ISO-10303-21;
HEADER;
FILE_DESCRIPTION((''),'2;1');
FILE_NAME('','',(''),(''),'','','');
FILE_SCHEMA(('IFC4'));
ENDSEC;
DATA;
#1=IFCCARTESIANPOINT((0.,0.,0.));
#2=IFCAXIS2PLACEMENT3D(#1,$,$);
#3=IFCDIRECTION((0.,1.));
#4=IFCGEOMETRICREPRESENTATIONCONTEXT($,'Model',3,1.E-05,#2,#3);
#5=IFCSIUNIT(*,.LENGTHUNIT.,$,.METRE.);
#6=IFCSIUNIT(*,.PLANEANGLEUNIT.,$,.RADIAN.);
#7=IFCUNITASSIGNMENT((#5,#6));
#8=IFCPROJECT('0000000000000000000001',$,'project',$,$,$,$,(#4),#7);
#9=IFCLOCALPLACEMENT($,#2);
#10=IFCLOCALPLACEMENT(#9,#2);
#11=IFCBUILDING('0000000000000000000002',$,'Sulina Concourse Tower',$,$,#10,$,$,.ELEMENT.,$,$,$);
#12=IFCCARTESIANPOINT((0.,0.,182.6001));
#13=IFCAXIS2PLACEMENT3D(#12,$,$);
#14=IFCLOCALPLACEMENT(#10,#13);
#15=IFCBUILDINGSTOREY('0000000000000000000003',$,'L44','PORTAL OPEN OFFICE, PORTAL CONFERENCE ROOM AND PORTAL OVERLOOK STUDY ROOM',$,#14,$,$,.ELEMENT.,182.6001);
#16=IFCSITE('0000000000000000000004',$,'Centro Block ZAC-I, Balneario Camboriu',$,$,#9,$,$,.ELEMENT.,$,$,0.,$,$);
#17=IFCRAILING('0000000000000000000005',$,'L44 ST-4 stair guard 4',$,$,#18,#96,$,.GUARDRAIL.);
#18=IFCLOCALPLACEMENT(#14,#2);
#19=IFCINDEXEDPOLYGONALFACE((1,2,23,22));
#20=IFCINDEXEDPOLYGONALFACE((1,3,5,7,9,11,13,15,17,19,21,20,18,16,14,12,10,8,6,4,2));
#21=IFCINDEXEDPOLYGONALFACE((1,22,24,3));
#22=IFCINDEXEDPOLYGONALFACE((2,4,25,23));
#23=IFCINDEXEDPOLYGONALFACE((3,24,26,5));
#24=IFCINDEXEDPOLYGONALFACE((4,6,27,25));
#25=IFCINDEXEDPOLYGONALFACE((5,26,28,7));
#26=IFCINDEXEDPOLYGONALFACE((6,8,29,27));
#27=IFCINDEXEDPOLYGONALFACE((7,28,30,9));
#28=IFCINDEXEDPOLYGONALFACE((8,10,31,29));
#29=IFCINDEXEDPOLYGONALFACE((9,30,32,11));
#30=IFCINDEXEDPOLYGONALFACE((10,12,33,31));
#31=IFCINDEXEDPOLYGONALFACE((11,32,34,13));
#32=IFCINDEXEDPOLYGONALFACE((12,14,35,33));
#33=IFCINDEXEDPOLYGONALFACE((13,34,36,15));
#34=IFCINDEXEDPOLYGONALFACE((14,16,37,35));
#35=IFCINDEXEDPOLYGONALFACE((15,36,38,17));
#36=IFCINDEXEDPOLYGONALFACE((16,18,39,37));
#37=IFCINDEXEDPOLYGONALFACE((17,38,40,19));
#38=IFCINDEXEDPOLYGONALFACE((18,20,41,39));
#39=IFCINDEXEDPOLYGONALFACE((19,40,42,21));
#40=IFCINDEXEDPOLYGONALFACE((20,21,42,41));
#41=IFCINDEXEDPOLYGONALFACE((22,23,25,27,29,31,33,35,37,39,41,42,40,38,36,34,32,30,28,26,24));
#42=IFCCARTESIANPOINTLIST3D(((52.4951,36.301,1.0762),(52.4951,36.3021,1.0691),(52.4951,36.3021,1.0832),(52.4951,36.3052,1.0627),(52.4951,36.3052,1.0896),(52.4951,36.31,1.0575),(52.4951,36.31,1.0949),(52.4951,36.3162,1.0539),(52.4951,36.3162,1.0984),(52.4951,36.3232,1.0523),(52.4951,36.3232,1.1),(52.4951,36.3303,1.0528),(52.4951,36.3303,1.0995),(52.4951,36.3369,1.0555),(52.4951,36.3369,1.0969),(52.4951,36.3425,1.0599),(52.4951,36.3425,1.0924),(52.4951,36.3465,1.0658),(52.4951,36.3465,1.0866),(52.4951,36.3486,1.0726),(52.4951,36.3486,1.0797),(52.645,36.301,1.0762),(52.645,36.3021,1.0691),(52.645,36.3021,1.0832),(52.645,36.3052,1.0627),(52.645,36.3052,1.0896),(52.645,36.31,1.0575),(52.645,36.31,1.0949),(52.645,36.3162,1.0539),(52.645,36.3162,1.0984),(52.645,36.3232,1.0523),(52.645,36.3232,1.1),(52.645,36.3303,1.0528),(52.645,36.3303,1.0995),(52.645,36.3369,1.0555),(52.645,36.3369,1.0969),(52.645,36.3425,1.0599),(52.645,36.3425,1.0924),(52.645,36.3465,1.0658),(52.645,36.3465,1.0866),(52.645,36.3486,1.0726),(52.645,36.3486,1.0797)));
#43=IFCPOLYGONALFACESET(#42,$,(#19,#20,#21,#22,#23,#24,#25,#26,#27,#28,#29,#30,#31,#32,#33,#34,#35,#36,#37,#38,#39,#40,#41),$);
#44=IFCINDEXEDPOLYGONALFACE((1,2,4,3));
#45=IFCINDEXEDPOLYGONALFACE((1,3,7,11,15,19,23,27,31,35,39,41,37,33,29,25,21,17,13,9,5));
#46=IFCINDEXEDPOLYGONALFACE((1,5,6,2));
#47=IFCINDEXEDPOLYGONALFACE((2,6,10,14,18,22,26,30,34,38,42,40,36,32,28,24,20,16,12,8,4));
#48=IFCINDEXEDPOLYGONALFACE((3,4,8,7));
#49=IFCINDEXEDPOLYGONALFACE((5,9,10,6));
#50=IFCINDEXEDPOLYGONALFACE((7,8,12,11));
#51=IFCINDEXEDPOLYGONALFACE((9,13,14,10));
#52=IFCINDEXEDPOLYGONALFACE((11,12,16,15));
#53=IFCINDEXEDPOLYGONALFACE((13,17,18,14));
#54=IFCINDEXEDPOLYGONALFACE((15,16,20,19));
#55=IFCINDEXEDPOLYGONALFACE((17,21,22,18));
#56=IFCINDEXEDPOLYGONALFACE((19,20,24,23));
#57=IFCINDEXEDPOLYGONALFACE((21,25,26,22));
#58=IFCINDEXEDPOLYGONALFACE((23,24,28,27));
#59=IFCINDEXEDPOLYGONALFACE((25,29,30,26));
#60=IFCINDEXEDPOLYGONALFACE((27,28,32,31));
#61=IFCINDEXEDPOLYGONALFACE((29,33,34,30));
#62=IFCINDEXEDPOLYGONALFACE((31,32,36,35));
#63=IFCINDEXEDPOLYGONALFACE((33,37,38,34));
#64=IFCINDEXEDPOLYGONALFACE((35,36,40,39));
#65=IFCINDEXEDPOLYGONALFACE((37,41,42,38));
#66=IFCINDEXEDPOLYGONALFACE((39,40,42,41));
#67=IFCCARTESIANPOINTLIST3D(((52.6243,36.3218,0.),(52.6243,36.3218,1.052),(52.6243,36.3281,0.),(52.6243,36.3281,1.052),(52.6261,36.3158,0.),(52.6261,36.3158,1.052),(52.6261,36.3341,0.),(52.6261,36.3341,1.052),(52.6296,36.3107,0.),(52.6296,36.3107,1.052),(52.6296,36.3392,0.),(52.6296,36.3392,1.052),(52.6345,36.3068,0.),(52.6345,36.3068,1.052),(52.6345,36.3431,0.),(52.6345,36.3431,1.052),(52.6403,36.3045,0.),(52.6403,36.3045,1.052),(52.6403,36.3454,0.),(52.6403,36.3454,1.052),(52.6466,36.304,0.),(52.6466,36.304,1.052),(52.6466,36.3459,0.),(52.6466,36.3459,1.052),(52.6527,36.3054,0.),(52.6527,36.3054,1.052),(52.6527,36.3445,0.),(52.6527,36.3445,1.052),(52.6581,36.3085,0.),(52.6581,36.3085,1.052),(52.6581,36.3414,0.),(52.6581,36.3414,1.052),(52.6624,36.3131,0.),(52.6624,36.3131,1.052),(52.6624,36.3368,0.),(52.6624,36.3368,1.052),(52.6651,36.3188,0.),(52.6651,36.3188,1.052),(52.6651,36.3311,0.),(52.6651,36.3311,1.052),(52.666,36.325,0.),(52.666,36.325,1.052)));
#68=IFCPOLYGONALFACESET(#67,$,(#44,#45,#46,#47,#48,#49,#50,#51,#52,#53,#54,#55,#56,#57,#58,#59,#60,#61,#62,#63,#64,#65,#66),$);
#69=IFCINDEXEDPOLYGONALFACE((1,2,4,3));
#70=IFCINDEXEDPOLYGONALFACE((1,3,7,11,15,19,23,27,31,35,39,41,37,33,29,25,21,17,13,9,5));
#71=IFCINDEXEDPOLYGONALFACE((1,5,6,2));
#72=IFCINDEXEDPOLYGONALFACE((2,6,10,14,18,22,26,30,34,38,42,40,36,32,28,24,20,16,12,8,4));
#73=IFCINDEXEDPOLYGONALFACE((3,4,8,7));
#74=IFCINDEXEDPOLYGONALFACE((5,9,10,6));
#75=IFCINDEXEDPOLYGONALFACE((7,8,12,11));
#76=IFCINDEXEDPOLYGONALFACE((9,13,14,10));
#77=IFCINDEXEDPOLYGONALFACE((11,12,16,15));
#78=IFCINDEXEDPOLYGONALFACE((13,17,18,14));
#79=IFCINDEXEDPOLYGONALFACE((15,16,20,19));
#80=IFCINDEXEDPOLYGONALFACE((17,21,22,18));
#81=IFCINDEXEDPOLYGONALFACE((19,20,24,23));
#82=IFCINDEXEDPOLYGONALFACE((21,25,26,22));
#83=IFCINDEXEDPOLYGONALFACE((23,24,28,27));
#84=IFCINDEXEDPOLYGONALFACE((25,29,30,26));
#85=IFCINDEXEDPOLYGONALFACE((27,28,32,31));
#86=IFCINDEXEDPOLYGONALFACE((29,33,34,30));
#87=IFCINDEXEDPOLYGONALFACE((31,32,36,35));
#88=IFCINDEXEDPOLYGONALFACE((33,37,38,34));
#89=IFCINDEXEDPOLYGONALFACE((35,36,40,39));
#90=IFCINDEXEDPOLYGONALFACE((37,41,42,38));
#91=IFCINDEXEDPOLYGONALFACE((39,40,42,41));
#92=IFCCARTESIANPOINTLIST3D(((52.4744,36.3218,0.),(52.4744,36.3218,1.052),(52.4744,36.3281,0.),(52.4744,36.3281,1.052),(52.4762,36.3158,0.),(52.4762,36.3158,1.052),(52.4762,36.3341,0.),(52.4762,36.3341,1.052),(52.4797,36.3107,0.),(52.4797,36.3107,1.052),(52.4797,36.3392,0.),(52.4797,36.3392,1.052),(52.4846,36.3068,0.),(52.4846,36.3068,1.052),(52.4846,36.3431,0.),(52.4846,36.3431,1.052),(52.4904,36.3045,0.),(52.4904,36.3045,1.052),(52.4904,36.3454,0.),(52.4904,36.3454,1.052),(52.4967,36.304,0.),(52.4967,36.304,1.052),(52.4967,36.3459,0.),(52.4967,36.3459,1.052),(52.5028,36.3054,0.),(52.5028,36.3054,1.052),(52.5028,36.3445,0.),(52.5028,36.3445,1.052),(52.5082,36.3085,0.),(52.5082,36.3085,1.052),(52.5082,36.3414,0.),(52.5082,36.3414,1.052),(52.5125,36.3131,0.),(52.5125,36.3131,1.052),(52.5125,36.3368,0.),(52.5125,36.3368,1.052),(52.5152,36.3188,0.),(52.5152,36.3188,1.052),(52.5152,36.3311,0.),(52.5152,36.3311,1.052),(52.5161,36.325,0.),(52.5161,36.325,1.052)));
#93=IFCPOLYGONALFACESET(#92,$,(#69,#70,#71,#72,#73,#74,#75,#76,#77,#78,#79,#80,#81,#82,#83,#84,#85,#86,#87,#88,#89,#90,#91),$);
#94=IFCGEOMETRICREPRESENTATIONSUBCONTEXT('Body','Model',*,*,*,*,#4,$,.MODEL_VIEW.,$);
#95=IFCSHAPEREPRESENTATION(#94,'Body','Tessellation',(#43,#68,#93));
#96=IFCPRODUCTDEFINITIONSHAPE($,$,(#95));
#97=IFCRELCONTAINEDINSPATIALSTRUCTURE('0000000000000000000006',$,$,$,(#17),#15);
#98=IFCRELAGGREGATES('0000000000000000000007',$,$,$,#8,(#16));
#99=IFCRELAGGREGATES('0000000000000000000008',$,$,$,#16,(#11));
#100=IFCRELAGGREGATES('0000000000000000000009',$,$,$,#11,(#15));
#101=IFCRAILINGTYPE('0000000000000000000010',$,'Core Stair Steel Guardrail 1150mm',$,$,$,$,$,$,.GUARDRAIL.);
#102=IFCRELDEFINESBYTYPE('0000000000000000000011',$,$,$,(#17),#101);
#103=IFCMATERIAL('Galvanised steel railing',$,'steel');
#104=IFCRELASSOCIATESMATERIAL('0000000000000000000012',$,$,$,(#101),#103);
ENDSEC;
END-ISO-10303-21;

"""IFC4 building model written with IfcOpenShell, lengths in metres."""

from ifc_helpers import new_model, si_unit, direction, frame, origin, origin_2d, place, context, subcontext, project, spatial, circle, extrude, material, type_object, element, save


model = new_model("IFC4")

# Units and contexts
model_context = context("Model", 3, precision=1e-05, world=origin(), true_north=direction((0.0, 1.0)))
body_context = subcontext(model_context, "Body", "Model", "MODEL_VIEW")
ifc_project = project(units=[si_unit("LENGTHUNIT", "METRE"), si_unit("PLANEANGLEUNIT", "RADIAN")], contexts=[model_context])

# Site, building, storey
site_placement = place(None, origin())
site = spatial("IfcSite", under=ifc_project, at=site_placement, Name="Centro Block ZAC-I, Balneario Camboriu", CompositionType="ELEMENT", RefElevation=0.0)
building_placement = place(site_placement, origin())
building = spatial("IfcBuilding", under=site, at=building_placement, Name="Sulina Concourse Tower", CompositionType="ELEMENT")
storey_placement = place(building_placement, frame((0.0, 0.0, 182.6001)))
storey = spatial("IfcBuildingStorey", under=building, at=storey_placement, Name="L44", Description="PORTAL OPEN OFFICE, PORTAL CONFERENCE ROOM AND PORTAL OVERLOOK STUDY ROOM", CompositionType="ELEMENT", Elevation=182.6001)

# Railing
ifc_material_1 = material(Name="Galvanised steel railing", Category="steel")
railing_type_1 = type_object("IfcRailingType", Name="Core Stair Steel Guardrail 1150mm", PredefinedType="GUARDRAIL", material=ifc_material_1)
railing_1_placement = place(storey_placement, frame((52.645, 36.325, 0.0)))
element("IfcRailing", 1, at=railing_1_placement, inside=storey, type_object=railing_type_1, Name="L44 ST-4 stair guard 4", PredefinedType="GUARDRAIL", context=body_context, shape_type="SweptSolid", body=[
    extrude(circle(Radius=0.0239, at=origin_2d()), frame((0.0, 0.0, 1.0762), z_axis=(-1.0, 0.0, 0.0), x_axis=(0.0, -1.0, 0.0)), (0.0, 0.0, 1.0), 0.1499),
    extrude(circle(Radius=0.021, at=origin_2d()), origin(), (0.0, 0.0, 1.0), 1.052),
    extrude(circle(Radius=0.021, at=origin_2d()), frame((-0.1499, 0.0, 0.0)), (0.0, 0.0, 1.0), 1.052),
])

save(model, "model.ifc")
